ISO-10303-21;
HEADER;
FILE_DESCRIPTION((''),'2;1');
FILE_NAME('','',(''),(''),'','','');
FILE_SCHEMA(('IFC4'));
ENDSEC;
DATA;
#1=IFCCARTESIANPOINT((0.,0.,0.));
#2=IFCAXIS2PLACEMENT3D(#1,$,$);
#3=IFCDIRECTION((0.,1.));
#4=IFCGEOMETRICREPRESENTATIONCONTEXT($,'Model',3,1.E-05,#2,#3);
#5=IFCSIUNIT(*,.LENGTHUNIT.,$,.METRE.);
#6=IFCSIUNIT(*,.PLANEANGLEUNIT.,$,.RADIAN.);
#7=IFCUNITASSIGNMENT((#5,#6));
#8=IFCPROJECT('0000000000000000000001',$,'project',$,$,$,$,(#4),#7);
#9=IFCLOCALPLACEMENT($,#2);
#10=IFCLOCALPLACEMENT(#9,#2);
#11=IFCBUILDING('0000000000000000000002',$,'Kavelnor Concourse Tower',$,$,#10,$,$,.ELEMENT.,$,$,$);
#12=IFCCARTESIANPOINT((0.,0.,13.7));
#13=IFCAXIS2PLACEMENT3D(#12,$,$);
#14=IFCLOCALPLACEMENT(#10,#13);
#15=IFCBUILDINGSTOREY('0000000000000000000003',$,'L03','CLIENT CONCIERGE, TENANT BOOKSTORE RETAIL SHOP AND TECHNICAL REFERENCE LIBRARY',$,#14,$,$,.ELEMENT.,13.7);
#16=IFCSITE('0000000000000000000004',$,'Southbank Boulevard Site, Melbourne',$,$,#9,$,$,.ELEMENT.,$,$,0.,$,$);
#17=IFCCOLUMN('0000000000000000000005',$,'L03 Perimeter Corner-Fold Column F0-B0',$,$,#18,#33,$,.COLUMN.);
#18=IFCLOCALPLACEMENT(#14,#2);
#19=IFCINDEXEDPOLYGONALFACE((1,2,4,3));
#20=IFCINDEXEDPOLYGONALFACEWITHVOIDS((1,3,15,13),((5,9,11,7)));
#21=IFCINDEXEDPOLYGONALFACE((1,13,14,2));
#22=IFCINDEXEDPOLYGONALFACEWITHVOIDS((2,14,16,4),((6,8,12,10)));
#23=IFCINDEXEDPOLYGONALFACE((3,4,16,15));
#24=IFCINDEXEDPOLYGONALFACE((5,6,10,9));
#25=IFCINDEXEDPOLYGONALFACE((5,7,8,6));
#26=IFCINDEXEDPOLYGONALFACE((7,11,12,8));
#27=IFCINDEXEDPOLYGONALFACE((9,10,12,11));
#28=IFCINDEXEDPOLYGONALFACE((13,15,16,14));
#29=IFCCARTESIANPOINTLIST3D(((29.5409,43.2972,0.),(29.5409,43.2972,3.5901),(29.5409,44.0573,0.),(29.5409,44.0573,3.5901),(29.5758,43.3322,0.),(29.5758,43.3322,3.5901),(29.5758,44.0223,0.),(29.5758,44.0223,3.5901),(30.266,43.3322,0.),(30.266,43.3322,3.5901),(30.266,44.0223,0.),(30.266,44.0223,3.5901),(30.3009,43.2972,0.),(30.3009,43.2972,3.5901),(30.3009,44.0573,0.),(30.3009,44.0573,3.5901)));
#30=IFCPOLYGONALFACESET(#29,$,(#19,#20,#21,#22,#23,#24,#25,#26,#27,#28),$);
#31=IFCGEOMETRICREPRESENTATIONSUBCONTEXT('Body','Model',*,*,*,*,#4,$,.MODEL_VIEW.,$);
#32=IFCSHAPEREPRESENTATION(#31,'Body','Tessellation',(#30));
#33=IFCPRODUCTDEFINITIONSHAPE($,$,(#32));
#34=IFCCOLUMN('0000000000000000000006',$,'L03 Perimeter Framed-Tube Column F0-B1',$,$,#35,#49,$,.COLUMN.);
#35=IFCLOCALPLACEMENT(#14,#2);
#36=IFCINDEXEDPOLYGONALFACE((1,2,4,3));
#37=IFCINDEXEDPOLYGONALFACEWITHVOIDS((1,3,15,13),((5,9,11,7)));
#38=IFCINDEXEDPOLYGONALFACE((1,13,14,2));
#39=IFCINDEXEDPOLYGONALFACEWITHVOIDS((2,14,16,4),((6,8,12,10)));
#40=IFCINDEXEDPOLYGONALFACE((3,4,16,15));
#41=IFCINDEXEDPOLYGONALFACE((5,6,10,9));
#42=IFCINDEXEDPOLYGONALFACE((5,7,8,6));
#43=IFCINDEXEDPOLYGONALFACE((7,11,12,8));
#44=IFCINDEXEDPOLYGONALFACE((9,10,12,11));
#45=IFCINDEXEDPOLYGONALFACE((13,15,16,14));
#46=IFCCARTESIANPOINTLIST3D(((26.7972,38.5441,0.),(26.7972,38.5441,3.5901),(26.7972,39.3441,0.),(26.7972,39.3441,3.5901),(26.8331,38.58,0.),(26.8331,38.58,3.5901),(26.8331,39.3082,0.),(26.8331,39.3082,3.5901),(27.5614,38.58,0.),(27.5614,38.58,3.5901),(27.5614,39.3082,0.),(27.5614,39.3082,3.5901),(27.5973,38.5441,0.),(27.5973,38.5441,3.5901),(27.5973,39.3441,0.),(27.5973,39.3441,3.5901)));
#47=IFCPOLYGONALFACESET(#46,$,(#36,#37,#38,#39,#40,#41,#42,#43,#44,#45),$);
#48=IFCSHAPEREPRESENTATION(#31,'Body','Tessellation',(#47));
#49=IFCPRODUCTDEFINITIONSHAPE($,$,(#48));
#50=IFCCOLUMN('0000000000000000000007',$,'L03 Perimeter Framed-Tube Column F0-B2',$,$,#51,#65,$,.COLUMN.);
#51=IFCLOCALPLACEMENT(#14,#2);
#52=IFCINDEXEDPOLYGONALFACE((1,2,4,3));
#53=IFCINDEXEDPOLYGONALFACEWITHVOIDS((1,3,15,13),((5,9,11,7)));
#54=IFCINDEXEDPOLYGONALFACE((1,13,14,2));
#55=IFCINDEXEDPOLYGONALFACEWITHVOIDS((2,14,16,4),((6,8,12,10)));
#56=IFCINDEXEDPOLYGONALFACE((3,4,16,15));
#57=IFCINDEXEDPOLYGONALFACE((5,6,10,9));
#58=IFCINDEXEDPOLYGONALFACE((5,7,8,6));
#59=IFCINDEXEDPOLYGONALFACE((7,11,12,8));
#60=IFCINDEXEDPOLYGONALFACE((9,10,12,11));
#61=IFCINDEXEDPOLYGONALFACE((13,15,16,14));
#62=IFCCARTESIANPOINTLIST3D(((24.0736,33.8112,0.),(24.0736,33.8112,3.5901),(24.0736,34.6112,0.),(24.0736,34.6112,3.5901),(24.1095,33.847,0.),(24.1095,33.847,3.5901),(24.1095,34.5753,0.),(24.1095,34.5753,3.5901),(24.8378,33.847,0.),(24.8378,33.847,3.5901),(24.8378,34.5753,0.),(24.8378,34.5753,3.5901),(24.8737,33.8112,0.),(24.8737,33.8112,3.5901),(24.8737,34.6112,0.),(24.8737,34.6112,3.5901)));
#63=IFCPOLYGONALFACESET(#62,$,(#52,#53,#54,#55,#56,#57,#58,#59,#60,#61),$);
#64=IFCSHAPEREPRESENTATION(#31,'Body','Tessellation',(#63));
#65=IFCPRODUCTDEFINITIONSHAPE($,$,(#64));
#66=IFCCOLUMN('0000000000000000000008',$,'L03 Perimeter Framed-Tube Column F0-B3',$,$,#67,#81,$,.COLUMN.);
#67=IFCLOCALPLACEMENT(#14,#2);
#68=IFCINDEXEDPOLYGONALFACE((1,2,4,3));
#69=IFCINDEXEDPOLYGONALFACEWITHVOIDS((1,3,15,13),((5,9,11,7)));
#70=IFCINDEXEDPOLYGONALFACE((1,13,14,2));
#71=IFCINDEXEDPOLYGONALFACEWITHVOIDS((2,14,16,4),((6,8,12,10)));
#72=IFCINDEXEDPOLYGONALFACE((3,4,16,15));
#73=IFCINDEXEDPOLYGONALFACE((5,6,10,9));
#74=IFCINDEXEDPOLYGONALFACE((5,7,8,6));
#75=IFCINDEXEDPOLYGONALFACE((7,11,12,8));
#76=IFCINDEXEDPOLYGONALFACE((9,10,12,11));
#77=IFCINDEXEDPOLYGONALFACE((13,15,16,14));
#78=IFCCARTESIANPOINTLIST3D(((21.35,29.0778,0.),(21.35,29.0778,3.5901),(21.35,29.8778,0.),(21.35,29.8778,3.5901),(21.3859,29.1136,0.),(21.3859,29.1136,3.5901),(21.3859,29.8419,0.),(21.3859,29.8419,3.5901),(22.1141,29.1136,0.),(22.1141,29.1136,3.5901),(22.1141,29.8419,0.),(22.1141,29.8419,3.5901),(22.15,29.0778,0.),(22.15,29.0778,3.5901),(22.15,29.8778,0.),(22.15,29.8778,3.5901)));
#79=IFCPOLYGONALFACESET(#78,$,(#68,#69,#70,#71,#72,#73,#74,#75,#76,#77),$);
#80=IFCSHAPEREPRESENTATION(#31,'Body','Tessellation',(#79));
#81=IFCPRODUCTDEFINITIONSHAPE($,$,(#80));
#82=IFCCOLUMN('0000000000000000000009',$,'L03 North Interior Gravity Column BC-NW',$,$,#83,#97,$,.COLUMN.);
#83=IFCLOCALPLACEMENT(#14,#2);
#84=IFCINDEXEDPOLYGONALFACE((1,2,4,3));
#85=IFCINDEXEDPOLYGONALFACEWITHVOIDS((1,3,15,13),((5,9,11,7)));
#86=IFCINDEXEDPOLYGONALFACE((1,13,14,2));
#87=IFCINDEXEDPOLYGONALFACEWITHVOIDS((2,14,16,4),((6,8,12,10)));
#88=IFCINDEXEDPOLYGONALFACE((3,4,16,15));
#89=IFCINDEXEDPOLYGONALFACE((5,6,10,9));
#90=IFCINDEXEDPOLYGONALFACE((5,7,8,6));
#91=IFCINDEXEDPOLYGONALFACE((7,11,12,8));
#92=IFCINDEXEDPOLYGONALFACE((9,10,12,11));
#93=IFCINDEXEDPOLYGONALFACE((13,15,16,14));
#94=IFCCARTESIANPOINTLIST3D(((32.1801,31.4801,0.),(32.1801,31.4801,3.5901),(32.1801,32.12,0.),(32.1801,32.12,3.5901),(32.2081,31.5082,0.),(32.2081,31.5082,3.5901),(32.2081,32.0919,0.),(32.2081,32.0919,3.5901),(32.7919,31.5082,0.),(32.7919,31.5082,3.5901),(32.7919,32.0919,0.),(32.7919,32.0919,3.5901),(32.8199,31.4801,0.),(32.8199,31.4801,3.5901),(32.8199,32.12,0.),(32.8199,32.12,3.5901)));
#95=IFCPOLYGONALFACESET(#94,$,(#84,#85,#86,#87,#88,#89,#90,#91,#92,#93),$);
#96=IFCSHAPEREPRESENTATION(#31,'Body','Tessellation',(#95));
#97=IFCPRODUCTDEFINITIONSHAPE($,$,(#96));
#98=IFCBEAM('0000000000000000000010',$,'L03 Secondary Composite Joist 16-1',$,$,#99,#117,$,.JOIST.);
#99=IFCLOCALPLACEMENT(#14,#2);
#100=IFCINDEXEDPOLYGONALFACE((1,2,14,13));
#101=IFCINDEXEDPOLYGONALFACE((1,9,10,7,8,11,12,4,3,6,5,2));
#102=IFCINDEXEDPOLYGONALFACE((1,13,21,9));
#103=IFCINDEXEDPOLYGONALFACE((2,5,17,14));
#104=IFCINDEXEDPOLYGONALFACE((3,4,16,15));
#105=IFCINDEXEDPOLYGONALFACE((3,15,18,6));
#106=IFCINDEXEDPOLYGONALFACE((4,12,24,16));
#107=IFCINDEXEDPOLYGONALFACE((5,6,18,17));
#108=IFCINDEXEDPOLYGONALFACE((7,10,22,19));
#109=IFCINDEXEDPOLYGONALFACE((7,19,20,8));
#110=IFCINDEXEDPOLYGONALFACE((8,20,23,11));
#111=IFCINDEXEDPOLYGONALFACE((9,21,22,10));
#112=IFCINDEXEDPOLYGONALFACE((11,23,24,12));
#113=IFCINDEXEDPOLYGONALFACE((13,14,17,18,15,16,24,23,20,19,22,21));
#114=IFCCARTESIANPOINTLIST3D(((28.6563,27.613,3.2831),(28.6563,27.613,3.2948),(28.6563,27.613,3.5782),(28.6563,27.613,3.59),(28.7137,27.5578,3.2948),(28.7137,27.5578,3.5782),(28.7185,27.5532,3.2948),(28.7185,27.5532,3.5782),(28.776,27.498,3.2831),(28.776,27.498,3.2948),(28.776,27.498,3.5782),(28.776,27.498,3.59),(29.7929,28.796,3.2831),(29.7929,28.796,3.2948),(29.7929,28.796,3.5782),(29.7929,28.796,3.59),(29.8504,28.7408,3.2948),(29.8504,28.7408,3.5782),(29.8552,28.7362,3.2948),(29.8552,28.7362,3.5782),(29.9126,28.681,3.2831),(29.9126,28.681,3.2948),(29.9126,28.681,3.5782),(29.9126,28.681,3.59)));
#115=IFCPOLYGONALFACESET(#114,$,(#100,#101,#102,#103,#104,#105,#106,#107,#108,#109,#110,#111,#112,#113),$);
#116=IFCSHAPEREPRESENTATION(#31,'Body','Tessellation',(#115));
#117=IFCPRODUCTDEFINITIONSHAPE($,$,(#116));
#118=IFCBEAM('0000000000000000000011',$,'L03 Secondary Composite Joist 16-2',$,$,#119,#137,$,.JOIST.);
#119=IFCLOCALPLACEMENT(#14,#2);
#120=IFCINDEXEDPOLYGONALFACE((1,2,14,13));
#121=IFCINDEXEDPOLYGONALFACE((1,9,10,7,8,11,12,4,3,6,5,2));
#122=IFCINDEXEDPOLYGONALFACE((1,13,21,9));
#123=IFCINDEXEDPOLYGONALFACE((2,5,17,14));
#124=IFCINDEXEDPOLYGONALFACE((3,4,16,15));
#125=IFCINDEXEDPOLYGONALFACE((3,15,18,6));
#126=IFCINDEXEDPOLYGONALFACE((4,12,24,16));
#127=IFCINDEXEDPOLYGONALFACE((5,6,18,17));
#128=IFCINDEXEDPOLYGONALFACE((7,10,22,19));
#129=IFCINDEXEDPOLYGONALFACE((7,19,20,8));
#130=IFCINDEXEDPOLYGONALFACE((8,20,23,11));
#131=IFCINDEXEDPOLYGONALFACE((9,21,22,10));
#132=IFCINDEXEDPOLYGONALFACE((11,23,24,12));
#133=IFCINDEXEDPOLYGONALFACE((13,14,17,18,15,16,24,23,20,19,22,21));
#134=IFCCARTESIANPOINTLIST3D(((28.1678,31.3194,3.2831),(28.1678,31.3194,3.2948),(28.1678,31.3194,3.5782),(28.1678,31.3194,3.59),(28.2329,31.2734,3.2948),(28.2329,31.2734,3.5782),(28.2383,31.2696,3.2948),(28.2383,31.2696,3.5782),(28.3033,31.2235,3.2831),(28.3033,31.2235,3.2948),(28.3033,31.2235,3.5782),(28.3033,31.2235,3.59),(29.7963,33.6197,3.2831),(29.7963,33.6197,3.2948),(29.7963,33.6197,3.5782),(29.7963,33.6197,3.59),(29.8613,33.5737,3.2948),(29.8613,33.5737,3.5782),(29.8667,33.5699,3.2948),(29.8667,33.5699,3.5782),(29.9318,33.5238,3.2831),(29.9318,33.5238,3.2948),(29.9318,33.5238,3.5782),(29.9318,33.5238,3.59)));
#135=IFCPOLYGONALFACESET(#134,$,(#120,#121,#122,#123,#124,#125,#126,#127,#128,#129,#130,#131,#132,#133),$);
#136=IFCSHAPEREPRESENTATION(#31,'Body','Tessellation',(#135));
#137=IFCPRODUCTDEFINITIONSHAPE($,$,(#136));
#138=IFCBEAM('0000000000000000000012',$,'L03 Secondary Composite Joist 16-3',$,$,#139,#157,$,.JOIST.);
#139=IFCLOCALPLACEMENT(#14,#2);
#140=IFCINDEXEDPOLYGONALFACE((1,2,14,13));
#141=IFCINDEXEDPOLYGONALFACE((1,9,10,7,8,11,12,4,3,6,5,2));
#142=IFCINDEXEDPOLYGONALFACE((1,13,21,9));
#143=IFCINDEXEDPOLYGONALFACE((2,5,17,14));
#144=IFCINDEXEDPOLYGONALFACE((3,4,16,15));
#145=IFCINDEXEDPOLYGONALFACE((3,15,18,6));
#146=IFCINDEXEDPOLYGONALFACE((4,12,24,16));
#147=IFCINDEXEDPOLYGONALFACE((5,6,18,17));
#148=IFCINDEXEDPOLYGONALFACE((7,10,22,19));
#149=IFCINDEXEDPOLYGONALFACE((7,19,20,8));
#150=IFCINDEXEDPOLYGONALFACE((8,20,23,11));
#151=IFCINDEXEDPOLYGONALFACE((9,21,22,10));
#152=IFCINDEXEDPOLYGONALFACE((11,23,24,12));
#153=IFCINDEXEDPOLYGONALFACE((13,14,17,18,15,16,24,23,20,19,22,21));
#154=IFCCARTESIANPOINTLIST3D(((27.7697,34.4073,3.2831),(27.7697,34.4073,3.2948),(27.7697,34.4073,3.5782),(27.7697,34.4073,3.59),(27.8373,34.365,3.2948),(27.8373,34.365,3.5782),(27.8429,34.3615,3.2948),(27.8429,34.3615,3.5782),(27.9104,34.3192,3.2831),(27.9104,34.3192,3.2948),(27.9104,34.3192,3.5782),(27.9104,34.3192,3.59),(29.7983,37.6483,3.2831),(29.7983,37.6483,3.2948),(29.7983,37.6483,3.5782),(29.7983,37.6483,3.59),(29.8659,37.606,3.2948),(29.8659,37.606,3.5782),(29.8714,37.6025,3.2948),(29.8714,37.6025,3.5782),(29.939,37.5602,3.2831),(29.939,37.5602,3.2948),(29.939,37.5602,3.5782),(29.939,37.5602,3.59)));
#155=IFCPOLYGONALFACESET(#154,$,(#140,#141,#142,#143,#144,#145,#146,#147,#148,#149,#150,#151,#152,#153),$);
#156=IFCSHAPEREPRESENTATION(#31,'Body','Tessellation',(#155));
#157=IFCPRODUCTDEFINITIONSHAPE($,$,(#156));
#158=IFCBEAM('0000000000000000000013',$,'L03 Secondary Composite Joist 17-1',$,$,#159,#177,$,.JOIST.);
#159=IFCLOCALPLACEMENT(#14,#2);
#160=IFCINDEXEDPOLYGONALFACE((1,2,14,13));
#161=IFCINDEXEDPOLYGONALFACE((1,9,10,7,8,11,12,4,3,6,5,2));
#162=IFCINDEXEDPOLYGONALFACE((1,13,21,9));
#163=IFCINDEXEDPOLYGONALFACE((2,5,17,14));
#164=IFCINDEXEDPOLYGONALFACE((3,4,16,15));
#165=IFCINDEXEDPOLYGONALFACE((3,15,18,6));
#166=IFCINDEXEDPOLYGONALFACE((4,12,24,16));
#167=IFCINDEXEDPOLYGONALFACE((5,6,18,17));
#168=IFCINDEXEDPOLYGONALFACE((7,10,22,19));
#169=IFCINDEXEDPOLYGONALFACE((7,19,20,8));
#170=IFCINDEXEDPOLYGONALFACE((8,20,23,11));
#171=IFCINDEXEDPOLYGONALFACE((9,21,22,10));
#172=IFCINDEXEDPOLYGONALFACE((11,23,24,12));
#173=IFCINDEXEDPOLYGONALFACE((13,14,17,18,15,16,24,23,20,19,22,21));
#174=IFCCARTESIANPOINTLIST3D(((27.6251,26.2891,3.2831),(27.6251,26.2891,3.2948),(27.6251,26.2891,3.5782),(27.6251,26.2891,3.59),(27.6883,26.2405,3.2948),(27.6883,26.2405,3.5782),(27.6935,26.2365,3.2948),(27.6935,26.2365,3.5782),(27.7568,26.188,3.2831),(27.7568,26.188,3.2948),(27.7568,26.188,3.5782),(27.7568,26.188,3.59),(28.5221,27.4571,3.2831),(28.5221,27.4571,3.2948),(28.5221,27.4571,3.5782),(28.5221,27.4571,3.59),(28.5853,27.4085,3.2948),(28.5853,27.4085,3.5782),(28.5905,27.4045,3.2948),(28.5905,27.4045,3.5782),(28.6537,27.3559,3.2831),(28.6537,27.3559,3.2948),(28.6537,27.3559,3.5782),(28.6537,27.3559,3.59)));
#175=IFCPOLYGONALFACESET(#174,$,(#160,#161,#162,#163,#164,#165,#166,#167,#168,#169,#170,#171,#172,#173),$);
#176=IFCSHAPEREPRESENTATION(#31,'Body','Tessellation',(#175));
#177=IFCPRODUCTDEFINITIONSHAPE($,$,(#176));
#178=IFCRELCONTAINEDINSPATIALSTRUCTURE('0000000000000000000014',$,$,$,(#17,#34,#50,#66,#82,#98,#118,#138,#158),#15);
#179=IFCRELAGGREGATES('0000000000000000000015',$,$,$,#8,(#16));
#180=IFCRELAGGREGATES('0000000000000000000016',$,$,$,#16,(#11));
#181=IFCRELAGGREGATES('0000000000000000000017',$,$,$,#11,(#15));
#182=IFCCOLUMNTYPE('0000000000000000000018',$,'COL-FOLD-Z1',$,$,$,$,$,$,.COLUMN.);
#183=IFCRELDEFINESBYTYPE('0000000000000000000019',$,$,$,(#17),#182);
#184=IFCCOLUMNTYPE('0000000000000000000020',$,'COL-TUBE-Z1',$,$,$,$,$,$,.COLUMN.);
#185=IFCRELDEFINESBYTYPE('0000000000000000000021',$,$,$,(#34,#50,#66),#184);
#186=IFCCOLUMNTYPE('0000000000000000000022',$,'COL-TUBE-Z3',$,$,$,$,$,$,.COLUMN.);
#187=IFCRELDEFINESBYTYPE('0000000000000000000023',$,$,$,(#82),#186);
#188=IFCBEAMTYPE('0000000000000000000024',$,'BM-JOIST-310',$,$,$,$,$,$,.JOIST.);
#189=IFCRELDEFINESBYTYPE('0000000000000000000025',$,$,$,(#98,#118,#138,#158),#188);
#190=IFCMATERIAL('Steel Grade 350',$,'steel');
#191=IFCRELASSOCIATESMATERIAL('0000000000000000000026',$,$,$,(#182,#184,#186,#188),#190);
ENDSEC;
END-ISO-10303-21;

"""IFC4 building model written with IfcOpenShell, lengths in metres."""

from ifc_helpers import new_model, si_unit, direction, frame, origin, origin_2d, place, context, subcontext, project, spatial, hollow_rectangle, i_section, extrude, material, material_profile, profile_set, type_object, element, save


model = new_model("IFC4")

# Units and contexts
model_context = context("Model", 3, precision=1e-05, world=origin(), true_north=direction((0.0, 1.0)))
body_context = subcontext(model_context, "Body", "Model", "MODEL_VIEW")
ifc_project = project(units=[si_unit("LENGTHUNIT", "METRE"), si_unit("PLANEANGLEUNIT", "RADIAN")], contexts=[model_context])

# Site, building, storey
site_placement = place(None, origin())
site = spatial("IfcSite", under=ifc_project, at=site_placement, Name="Southbank Boulevard Site, Melbourne", CompositionType="ELEMENT", RefElevation=0.0)
building_placement = place(site_placement, origin())
building = spatial("IfcBuilding", under=site, at=building_placement, Name="Kavelnor Concourse Tower", CompositionType="ELEMENT")
storey_placement = place(building_placement, frame((0.0, 0.0, 13.7)))
storey = spatial("IfcBuildingStorey", under=building, at=storey_placement, Name="L03", Description="CLIENT CONCIERGE, TENANT BOOKSTORE RETAIL SHOP AND TECHNICAL REFERENCE LIBRARY", CompositionType="ELEMENT", Elevation=13.7)

# Columns
ifc_material_1 = material(Name="Steel Grade 350", Category="steel")
ifc_material_profile_1 = material_profile(ifc_material_1, hollow_rectangle(XDim=0.76, YDim=0.76, WallThickness=0.0349, at=origin_2d()), Name="SHS 760x760x35")
ifc_profile_set_1 = profile_set([ifc_material_profile_1], Name="Steel Grade 350")
column_type_1 = type_object("IfcColumnType", Name="COL-FOLD-Z1", PredefinedType="COLUMN", material=ifc_profile_set_1)
column_1_placement = place(storey_placement, frame((29.9209, 43.6772, 0.0), z_axis=(0.0, 0.0, 1.0), x_axis=(1.0, 0.0, 0.0)))
element("IfcColumn", 1, at=column_1_placement, inside=storey, type_object=column_type_1, Name="L03 Perimeter Corner-Fold Column F0-B0", PredefinedType="COLUMN", context=body_context, shape_type="SweptSolid", body=[
    extrude(hollow_rectangle(XDim=0.76, YDim=0.76, WallThickness=0.0349, at=origin_2d()), origin(), (0.0, 0.0, 1.0), 3.5901),
])
ifc_material_profile_2 = material_profile(ifc_material_1, hollow_rectangle(XDim=0.8, YDim=0.8, WallThickness=0.0359, at=origin_2d()), Name="SHS 800x800x36")
ifc_profile_set_2 = profile_set([ifc_material_profile_2], Name="Steel Grade 350")
column_type_2 = type_object("IfcColumnType", Name="COL-TUBE-Z1", PredefinedType="COLUMN", material=ifc_profile_set_2)
for number, where, z_axis, x_axis, name in (
    (2, (27.1973, 38.9441, 0.0), (0.0, 0.0, 1.0), (1.0, 0.0, 0.0), "L03 Perimeter Framed-Tube Column F0-B1"),
    (3, (24.4736, 34.2112, 0.0), (0.0, 0.0, 1.0), (1.0, 0.0, 0.0), "L03 Perimeter Framed-Tube Column F0-B2"),
    (4, (21.75, 29.4778, 0.0), (0.0, 0.0, 1.0), (1.0, 0.0, 0.0), "L03 Perimeter Framed-Tube Column F0-B3"),
):
    element("IfcColumn", number, at=place(storey_placement, frame(where, z_axis=z_axis, x_axis=x_axis)), inside=storey, type_object=column_type_2, Name=name, PredefinedType="COLUMN", context=body_context, shape_type="SweptSolid", body=[
        extrude(hollow_rectangle(XDim=0.8, YDim=0.8, WallThickness=0.0359, at=origin_2d()), origin(), (0.0, 0.0, 1.0), 3.5901),
    ])
ifc_material_profile_3 = material_profile(ifc_material_1, hollow_rectangle(XDim=0.6399, YDim=0.6399, WallThickness=0.0281, at=origin_2d()), Name="SHS 640x640x28")
ifc_profile_set_3 = profile_set([ifc_material_profile_3], Name="Steel Grade 350")
column_type_3 = type_object("IfcColumnType", Name="COL-TUBE-Z3", PredefinedType="COLUMN", material=ifc_profile_set_3)
column_2_placement = place(storey_placement, frame((32.5, 31.8, 0.0), z_axis=(0.0, 0.0, 1.0), x_axis=(1.0, 0.0, 0.0)))
element("IfcColumn", 5, at=column_2_placement, inside=storey, type_object=column_type_3, Name="L03 North Interior Gravity Column BC-NW", PredefinedType="COLUMN", context=body_context, shape_type="SweptSolid", body=[
    extrude(hollow_rectangle(XDim=0.6399, YDim=0.6399, WallThickness=0.0281, at=origin_2d()), origin(), (0.0, 0.0, 1.0), 3.5901),
])

# Beams
ifc_material_profile_4 = material_profile(ifc_material_1, i_section(OverallWidth=0.166, OverallDepth=0.3069, WebThickness=0.0066, FlangeThickness=0.0117, at=origin_2d()), Name="310UB46")
ifc_profile_set_4 = profile_set([ifc_material_profile_4], Name="Steel Grade 350")
beam_type_1 = type_object("IfcBeamType", Name="BM-JOIST-310", PredefinedType="JOIST", material=ifc_profile_set_4)
beam_1_placement = place(storey_placement, frame((29.8528, 28.7385, 3.4365), z_axis=(-0.692829, -0.721102, 0.0), x_axis=(0.721102, -0.692829, 0.0)))
element("IfcBeam", 6, at=beam_1_placement, inside=storey, type_object=beam_type_1, Name="L03 Secondary Composite Joist 16-1", PredefinedType="JOIST", context=body_context, shape_type="SweptSolid", body=[
    extrude(i_section(OverallWidth=0.166, OverallDepth=0.3069, WebThickness=0.0066, FlangeThickness=0.0117, at=origin_2d()), origin(), (0.0, 0.0, 1.0), 1.6406),
])
beam_2_placement = place(storey_placement, frame((29.864, 33.5718, 3.4365), z_axis=(-0.577791, -0.816184, 0.0), x_axis=(0.816184, -0.577791, 0.0)))
element("IfcBeam", 7, at=beam_2_placement, inside=storey, type_object=beam_type_1, Name="L03 Secondary Composite Joist 16-2", PredefinedType="JOIST", context=body_context, shape_type="SweptSolid", body=[
    extrude(i_section(OverallWidth=0.166, OverallDepth=0.3069, WebThickness=0.0066, FlangeThickness=0.0117, at=origin_2d()), origin(), (0.0, 0.0, 1.0), 2.8184),
])
beam_3_placement = place(storey_placement, frame((29.8687, 37.6042, 3.4365), z_axis=(-0.530556, -0.84765, 0.0), x_axis=(0.84765, -0.530556, 0.0)))
element("IfcBeam", 8, at=beam_3_placement, inside=storey, type_object=beam_type_1, Name="L03 Secondary Composite Joist 16-3", PredefinedType="JOIST", context=body_context, shape_type="SweptSolid", body=[
    extrude(i_section(OverallWidth=0.166, OverallDepth=0.3069, WebThickness=0.0066, FlangeThickness=0.0117, at=origin_2d()), origin(), (0.0, 0.0, 1.0), 3.8235),
])
beam_4_placement = place(storey_placement, frame((28.5879, 27.4065, 3.4365), z_axis=(-0.609086, -0.793104, 0.0), x_axis=(0.793104, -0.609086, 0.0)))
element("IfcBeam", 9, at=beam_4_placement, inside=storey, type_object=beam_type_1, Name="L03 Secondary Composite Joist 17-1", PredefinedType="JOIST", context=body_context, shape_type="SweptSolid", body=[
    extrude(i_section(OverallWidth=0.166, OverallDepth=0.3069, WebThickness=0.0066, FlangeThickness=0.0117, at=origin_2d()), origin(), (0.0, 0.0, 1.0), 1.4727),
])

save(model, "model.ifc")
